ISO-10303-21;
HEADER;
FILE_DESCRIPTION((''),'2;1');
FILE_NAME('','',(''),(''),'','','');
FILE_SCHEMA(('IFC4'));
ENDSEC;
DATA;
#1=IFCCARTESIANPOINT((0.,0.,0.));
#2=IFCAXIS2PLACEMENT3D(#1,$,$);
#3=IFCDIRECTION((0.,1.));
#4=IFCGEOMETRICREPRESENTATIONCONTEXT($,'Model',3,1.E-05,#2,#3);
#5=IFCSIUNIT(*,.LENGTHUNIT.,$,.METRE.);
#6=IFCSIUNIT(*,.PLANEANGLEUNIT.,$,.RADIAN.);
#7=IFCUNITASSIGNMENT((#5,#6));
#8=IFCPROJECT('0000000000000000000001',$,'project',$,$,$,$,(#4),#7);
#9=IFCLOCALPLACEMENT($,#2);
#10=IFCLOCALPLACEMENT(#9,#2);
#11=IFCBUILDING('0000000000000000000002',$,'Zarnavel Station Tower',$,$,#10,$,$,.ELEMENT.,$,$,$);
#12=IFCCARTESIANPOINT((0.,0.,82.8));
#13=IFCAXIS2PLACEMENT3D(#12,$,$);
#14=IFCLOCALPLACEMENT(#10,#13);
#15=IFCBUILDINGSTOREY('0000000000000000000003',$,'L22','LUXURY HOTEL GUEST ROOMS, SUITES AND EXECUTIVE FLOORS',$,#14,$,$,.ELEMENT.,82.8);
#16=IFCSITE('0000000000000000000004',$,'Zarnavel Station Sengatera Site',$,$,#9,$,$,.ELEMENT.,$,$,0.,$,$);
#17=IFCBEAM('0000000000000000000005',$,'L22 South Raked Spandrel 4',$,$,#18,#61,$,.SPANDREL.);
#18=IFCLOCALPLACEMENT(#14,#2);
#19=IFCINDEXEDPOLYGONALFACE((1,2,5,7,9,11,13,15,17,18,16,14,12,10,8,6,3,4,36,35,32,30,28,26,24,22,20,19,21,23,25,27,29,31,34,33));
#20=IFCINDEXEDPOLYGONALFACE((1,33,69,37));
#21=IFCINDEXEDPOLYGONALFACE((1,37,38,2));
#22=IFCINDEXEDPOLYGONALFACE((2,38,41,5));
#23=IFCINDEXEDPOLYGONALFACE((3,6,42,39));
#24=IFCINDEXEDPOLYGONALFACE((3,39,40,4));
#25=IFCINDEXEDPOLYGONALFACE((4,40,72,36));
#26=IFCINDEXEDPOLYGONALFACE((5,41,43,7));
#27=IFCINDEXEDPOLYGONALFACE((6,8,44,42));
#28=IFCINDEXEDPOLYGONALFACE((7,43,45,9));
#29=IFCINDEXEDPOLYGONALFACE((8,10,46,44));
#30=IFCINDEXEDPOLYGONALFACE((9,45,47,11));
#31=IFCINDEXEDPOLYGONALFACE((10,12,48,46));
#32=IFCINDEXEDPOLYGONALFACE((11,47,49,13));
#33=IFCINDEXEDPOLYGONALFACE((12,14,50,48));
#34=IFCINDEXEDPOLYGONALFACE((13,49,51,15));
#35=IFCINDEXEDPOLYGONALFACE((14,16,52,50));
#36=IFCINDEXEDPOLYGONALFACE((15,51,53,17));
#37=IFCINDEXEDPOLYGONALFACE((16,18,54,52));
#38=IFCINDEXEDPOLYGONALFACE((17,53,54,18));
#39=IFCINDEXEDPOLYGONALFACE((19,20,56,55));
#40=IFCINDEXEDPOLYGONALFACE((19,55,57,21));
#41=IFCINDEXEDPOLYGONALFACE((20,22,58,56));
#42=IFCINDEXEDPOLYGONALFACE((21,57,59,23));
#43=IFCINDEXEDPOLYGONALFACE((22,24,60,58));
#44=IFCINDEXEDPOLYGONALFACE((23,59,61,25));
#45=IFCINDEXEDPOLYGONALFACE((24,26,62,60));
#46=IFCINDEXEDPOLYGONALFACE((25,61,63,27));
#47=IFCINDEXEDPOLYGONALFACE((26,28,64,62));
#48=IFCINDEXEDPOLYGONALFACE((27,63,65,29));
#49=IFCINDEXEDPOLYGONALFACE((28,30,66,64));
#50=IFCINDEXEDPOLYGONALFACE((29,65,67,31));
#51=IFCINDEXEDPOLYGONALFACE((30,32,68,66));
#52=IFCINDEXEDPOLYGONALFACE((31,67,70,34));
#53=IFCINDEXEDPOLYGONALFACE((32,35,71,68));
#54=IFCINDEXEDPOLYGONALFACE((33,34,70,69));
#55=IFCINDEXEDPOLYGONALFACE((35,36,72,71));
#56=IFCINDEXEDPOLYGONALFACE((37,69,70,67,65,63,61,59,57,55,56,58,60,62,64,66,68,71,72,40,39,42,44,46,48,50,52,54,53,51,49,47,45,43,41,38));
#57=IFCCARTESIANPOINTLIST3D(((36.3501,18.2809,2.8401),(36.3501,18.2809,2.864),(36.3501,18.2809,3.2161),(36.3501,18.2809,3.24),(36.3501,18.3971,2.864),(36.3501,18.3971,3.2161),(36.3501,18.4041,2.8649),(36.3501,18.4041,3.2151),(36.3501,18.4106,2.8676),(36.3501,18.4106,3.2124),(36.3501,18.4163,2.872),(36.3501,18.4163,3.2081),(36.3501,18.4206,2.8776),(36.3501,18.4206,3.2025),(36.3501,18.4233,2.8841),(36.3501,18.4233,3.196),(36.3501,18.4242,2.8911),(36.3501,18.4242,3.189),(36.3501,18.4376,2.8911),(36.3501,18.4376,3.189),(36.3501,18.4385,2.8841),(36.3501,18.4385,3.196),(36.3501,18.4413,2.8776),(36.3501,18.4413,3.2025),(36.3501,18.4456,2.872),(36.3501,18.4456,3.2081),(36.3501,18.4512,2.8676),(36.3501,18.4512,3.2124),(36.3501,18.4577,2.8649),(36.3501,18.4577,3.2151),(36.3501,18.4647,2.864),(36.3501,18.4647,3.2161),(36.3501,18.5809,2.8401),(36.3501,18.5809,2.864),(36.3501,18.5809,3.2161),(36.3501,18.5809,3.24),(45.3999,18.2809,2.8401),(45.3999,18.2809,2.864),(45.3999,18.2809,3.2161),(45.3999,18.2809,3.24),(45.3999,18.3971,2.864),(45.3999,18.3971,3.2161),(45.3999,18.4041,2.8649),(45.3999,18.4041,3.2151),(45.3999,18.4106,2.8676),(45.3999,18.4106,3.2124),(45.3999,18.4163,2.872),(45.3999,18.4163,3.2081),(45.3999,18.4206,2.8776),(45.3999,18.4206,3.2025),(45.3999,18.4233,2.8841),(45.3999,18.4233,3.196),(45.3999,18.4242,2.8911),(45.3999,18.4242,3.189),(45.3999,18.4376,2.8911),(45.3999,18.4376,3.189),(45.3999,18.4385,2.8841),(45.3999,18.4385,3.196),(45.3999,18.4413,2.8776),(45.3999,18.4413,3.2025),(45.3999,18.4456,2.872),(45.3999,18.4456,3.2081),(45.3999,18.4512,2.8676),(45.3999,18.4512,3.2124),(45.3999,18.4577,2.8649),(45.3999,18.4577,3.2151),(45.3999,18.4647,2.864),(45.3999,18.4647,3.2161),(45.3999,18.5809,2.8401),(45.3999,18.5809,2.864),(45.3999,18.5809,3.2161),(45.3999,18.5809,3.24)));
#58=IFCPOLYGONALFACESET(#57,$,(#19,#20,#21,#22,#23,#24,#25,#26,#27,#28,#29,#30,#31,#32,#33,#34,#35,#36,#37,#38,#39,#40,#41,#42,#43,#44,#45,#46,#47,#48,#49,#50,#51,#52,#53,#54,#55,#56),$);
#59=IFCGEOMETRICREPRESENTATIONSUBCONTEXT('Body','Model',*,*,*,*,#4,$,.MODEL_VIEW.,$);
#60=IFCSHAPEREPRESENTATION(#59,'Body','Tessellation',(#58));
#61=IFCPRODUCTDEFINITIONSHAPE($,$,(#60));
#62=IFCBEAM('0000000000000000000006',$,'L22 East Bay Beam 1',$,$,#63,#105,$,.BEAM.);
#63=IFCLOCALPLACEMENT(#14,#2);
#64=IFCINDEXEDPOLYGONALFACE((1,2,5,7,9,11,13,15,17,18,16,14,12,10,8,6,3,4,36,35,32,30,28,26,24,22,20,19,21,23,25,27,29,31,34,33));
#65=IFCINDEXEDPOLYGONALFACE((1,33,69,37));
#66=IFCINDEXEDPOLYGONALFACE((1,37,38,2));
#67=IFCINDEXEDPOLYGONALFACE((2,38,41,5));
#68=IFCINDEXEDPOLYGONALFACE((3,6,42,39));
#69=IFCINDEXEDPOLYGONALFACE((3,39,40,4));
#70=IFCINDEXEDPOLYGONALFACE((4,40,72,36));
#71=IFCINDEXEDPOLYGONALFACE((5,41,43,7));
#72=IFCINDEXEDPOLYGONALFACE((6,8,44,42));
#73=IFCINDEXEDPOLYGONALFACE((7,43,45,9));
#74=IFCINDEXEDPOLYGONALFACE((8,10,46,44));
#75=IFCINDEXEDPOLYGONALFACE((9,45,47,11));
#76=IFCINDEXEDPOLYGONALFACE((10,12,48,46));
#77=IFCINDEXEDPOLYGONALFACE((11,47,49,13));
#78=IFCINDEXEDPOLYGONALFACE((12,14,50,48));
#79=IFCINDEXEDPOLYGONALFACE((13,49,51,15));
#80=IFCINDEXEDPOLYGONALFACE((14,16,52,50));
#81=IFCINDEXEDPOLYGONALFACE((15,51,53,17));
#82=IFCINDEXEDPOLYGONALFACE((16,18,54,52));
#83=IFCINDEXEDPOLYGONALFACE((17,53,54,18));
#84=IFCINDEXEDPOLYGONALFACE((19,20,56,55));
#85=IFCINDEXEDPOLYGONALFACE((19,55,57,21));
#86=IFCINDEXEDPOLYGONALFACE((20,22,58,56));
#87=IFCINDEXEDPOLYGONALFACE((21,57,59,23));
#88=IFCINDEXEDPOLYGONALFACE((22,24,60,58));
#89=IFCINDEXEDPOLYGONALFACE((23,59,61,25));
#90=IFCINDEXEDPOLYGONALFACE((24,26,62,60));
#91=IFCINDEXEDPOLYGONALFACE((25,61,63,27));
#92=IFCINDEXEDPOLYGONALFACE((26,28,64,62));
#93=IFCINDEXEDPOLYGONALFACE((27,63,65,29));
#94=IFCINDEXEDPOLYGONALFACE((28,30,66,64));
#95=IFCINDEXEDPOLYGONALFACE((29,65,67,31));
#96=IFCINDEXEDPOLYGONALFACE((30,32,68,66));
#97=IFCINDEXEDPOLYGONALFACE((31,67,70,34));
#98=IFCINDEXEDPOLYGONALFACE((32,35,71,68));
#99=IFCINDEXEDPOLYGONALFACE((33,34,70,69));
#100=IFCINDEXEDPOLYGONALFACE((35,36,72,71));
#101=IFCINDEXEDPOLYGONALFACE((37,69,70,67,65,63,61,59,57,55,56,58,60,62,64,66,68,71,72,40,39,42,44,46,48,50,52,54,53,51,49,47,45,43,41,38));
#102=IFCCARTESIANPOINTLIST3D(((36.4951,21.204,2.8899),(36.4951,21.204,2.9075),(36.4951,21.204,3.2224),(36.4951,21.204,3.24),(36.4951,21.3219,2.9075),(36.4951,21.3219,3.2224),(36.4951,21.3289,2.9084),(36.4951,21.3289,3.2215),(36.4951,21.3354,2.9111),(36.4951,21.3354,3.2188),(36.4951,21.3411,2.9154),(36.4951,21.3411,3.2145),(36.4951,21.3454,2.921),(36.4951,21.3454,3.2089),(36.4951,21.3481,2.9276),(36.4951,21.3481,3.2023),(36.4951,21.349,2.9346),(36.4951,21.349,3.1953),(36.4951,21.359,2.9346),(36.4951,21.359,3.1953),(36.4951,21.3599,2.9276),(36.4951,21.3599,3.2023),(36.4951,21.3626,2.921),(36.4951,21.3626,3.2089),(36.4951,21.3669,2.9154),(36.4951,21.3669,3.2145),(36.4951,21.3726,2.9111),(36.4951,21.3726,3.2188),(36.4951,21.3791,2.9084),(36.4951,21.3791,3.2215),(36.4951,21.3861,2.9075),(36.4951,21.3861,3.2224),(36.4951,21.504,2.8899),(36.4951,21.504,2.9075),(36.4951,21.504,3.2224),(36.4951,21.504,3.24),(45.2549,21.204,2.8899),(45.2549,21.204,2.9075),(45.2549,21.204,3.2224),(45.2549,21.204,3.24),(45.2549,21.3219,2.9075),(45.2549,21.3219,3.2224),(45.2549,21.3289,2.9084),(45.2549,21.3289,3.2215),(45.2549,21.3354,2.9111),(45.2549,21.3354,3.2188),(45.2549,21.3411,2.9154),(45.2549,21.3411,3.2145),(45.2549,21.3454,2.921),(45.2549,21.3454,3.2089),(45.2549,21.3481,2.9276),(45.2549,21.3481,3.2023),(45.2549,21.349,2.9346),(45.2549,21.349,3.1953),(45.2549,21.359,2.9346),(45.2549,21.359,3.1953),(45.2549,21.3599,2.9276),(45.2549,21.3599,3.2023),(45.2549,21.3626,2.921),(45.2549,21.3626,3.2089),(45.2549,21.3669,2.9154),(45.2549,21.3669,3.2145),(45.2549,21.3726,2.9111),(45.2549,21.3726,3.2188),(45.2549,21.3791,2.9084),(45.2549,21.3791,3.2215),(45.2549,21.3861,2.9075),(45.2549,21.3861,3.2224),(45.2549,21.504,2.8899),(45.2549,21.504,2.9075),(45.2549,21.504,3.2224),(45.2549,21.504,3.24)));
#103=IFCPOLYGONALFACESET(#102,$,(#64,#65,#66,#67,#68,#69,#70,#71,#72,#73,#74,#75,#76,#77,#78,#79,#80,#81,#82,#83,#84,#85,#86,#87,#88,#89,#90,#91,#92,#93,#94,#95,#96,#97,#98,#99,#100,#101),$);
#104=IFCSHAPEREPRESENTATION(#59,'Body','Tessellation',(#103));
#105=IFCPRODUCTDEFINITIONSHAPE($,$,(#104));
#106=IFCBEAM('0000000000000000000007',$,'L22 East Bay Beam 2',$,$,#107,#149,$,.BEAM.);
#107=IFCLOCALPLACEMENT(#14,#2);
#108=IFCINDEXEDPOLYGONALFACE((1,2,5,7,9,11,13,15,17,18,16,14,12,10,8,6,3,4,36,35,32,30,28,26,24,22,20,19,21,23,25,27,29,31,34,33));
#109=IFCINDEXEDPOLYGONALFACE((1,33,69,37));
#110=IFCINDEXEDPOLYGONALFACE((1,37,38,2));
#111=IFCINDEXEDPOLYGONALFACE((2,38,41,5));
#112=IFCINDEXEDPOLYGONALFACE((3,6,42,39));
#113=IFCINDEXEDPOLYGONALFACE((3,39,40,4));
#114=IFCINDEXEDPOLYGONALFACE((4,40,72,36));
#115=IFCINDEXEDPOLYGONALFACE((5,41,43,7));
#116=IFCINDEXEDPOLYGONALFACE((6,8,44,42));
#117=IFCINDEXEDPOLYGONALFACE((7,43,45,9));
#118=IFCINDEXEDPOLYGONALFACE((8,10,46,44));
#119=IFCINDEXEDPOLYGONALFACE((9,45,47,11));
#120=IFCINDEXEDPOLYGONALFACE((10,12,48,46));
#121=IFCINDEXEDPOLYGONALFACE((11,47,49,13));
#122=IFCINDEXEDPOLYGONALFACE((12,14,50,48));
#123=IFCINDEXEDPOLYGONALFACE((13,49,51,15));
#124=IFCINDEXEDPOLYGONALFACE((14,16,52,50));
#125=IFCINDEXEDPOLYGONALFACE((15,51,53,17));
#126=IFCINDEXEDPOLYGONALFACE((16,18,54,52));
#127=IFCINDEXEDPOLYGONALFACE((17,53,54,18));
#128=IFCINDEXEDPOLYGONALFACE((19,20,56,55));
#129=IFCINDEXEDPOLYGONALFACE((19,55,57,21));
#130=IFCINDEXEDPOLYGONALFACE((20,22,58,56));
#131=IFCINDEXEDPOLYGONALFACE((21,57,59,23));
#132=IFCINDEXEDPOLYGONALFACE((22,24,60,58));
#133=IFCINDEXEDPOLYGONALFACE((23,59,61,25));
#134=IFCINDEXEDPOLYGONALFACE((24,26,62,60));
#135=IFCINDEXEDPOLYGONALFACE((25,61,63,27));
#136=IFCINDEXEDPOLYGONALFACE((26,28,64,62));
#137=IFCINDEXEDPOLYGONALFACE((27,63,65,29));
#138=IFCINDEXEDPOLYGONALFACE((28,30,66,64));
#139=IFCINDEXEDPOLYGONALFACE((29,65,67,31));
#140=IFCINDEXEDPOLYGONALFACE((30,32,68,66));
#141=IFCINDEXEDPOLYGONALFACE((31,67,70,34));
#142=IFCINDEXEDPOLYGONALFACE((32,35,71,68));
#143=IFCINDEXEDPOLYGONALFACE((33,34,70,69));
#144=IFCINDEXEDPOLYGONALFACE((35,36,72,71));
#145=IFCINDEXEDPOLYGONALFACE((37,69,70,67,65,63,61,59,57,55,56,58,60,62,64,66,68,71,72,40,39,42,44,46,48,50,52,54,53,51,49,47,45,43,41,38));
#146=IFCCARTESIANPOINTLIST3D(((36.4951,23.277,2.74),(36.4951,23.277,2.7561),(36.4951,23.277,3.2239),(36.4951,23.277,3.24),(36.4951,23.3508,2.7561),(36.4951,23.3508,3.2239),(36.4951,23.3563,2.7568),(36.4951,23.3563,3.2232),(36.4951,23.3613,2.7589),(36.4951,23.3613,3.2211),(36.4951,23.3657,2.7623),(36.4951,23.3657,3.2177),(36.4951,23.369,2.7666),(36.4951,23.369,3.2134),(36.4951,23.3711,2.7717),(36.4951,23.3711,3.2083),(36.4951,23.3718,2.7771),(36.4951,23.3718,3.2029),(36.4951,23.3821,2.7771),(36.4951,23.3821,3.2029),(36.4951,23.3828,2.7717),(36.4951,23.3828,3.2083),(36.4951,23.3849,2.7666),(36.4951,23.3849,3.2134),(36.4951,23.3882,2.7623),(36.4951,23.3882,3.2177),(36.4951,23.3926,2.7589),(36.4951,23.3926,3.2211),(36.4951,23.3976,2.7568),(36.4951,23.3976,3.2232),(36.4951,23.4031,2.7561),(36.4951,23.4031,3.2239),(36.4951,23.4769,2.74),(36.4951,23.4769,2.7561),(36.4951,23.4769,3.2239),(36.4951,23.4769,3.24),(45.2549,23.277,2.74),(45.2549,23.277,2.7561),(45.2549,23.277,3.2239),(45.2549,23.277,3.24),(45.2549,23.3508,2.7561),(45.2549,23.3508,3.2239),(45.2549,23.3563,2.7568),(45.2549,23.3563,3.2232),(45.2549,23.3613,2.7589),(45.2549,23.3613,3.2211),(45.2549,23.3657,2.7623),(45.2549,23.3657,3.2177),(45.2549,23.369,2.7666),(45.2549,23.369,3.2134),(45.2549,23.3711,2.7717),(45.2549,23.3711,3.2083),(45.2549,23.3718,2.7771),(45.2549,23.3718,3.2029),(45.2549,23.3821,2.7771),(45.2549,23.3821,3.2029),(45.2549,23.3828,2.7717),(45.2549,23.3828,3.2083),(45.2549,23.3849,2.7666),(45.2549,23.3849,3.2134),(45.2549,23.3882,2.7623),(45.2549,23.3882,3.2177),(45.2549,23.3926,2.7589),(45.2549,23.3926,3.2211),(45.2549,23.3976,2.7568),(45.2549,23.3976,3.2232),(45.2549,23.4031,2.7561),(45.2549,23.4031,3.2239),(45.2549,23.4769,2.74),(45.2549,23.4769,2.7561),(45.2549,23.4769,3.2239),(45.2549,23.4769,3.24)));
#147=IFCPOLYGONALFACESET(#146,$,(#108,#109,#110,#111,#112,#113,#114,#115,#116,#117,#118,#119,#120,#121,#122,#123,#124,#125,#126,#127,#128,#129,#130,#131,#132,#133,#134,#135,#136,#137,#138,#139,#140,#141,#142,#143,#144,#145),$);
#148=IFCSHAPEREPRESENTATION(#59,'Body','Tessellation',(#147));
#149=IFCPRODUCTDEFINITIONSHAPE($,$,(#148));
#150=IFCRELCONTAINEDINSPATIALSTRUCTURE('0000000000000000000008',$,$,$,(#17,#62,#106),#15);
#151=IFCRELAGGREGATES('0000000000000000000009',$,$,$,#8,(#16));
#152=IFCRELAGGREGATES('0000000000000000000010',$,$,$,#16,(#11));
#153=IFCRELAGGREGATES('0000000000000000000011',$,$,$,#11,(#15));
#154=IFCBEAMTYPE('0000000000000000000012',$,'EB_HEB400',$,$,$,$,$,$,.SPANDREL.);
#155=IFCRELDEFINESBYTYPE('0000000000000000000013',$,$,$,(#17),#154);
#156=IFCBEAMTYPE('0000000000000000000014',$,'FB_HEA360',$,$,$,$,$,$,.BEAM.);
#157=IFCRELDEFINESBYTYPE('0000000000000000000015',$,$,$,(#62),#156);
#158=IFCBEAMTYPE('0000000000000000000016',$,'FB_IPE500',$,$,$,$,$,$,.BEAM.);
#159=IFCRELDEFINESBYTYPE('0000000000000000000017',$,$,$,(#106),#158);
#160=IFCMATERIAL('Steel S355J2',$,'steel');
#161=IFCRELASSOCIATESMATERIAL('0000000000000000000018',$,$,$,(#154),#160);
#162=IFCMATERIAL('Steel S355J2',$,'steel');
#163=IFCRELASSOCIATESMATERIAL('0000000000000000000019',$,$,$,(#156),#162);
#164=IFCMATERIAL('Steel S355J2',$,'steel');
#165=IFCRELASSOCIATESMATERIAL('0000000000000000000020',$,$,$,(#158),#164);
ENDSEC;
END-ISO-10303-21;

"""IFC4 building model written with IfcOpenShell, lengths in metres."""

from ifc_helpers import new_model, si_unit, direction, frame, origin, origin_2d, place, context, subcontext, project, spatial, i_section, extrude, material, material_profile, profile_set, type_object, element, save


model = new_model("IFC4")

# Units and contexts
model_context = context("Model", 3, precision=1e-05, world=origin(), true_north=direction((0.0, 1.0)))
body_context = subcontext(model_context, "Body", "Model", "MODEL_VIEW")
ifc_project = project(units=[si_unit("LENGTHUNIT", "METRE"), si_unit("PLANEANGLEUNIT", "RADIAN")], contexts=[model_context])

# Site, building, storey
site_placement = place(None, origin())
site = spatial("IfcSite", under=ifc_project, at=site_placement, Name="Zarnavel Station Sengatera Site", CompositionType="ELEMENT", RefElevation=0.0)
building_placement = place(site_placement, origin())
building = spatial("IfcBuilding", under=site, at=building_placement, Name="Zarnavel Station Tower", CompositionType="ELEMENT")
storey_placement = place(building_placement, frame((0.0, 0.0, 82.8)))
storey = spatial("IfcBuildingStorey", under=building, at=storey_placement, Name="L22", Description="LUXURY HOTEL GUEST ROOMS, SUITES AND EXECUTIVE FLOORS", CompositionType="ELEMENT", Elevation=82.8)

# Beams
ifc_material_1 = material(Name="Steel S355J2", Category="steel")
ifc_material_profile_1 = material_profile(ifc_material_1, i_section(OverallWidth=0.3, OverallDepth=0.3999, WebThickness=0.0134, FlangeThickness=0.0239, FilletRadius=0.0271, at=origin_2d()), Name="HEB400")
ifc_profile_set_1 = profile_set([ifc_material_profile_1], Name="Steel S355J2")
beam_type_1 = type_object("IfcBeamType", Name="EB_HEB400", PredefinedType="SPANDREL", material=ifc_profile_set_1)
beam_1_placement = place(storey_placement, frame((36.3501, 18.4309, 3.04), z_axis=(1.0, 0.0, 0.0), x_axis=(0.0, 1.0, 0.0)))
element("IfcBeam", 1, at=beam_1_placement, inside=storey, type_object=beam_type_1, Name="L22 South Raked Spandrel 4", PredefinedType="SPANDREL", context=body_context, shape_type="SweptSolid", body=[
    extrude(i_section(OverallWidth=0.3, OverallDepth=0.3999, WebThickness=0.0134, FlangeThickness=0.0239, FilletRadius=0.0271, at=origin_2d()), origin(), (0.0, 0.0, 1.0), 9.0498),
])
ifc_material_2 = material(Name="Steel S355J2", Category="steel")
ifc_material_profile_2 = material_profile(ifc_material_2, i_section(OverallWidth=0.3, OverallDepth=0.3501, WebThickness=0.01, FlangeThickness=0.0176, FilletRadius=0.0271, at=origin_2d()), Name="HEA360")
ifc_profile_set_2 = profile_set([ifc_material_profile_2], Name="Steel S355J2")
beam_type_2 = type_object("IfcBeamType", Name="FB_HEA360", PredefinedType="BEAM", material=ifc_profile_set_2)
beam_2_placement = place(storey_placement, frame((36.4951, 21.354, 3.0649), z_axis=(1.0, 0.0, 0.0), x_axis=(0.0, 1.0, 0.0)))
element("IfcBeam", 2, at=beam_2_placement, inside=storey, type_object=beam_type_2, Name="L22 East Bay Beam 1", PredefinedType="BEAM", context=body_context, shape_type="SweptSolid", body=[
    extrude(i_section(OverallWidth=0.3, OverallDepth=0.3501, WebThickness=0.01, FlangeThickness=0.0176, FilletRadius=0.0271, at=origin_2d()), origin(), (0.0, 0.0, 1.0), 8.7598),
])
ifc_material_3 = material(Name="Steel S355J2", Category="steel")
ifc_material_profile_3 = material_profile(ifc_material_3, i_section(OverallWidth=0.2, OverallDepth=0.5, WebThickness=0.0103, FlangeThickness=0.0161, FilletRadius=0.021, at=origin_2d()), Name="IPE500")
ifc_profile_set_3 = profile_set([ifc_material_profile_3], Name="Steel S355J2")
beam_type_3 = type_object("IfcBeamType", Name="FB_IPE500", PredefinedType="BEAM", material=ifc_profile_set_3)
beam_3_placement = place(storey_placement, frame((36.4951, 23.377, 2.99), z_axis=(1.0, 0.0, 0.0), x_axis=(0.0, 1.0, 0.0)))
element("IfcBeam", 3, at=beam_3_placement, inside=storey, type_object=beam_type_3, Name="L22 East Bay Beam 2", PredefinedType="BEAM", context=body_context, shape_type="SweptSolid", body=[
    extrude(i_section(OverallWidth=0.2, OverallDepth=0.5, WebThickness=0.0103, FlangeThickness=0.0161, FilletRadius=0.021, at=origin_2d()), origin(), (0.0, 0.0, 1.0), 8.7598),
])

save(model, "model.ifc")
